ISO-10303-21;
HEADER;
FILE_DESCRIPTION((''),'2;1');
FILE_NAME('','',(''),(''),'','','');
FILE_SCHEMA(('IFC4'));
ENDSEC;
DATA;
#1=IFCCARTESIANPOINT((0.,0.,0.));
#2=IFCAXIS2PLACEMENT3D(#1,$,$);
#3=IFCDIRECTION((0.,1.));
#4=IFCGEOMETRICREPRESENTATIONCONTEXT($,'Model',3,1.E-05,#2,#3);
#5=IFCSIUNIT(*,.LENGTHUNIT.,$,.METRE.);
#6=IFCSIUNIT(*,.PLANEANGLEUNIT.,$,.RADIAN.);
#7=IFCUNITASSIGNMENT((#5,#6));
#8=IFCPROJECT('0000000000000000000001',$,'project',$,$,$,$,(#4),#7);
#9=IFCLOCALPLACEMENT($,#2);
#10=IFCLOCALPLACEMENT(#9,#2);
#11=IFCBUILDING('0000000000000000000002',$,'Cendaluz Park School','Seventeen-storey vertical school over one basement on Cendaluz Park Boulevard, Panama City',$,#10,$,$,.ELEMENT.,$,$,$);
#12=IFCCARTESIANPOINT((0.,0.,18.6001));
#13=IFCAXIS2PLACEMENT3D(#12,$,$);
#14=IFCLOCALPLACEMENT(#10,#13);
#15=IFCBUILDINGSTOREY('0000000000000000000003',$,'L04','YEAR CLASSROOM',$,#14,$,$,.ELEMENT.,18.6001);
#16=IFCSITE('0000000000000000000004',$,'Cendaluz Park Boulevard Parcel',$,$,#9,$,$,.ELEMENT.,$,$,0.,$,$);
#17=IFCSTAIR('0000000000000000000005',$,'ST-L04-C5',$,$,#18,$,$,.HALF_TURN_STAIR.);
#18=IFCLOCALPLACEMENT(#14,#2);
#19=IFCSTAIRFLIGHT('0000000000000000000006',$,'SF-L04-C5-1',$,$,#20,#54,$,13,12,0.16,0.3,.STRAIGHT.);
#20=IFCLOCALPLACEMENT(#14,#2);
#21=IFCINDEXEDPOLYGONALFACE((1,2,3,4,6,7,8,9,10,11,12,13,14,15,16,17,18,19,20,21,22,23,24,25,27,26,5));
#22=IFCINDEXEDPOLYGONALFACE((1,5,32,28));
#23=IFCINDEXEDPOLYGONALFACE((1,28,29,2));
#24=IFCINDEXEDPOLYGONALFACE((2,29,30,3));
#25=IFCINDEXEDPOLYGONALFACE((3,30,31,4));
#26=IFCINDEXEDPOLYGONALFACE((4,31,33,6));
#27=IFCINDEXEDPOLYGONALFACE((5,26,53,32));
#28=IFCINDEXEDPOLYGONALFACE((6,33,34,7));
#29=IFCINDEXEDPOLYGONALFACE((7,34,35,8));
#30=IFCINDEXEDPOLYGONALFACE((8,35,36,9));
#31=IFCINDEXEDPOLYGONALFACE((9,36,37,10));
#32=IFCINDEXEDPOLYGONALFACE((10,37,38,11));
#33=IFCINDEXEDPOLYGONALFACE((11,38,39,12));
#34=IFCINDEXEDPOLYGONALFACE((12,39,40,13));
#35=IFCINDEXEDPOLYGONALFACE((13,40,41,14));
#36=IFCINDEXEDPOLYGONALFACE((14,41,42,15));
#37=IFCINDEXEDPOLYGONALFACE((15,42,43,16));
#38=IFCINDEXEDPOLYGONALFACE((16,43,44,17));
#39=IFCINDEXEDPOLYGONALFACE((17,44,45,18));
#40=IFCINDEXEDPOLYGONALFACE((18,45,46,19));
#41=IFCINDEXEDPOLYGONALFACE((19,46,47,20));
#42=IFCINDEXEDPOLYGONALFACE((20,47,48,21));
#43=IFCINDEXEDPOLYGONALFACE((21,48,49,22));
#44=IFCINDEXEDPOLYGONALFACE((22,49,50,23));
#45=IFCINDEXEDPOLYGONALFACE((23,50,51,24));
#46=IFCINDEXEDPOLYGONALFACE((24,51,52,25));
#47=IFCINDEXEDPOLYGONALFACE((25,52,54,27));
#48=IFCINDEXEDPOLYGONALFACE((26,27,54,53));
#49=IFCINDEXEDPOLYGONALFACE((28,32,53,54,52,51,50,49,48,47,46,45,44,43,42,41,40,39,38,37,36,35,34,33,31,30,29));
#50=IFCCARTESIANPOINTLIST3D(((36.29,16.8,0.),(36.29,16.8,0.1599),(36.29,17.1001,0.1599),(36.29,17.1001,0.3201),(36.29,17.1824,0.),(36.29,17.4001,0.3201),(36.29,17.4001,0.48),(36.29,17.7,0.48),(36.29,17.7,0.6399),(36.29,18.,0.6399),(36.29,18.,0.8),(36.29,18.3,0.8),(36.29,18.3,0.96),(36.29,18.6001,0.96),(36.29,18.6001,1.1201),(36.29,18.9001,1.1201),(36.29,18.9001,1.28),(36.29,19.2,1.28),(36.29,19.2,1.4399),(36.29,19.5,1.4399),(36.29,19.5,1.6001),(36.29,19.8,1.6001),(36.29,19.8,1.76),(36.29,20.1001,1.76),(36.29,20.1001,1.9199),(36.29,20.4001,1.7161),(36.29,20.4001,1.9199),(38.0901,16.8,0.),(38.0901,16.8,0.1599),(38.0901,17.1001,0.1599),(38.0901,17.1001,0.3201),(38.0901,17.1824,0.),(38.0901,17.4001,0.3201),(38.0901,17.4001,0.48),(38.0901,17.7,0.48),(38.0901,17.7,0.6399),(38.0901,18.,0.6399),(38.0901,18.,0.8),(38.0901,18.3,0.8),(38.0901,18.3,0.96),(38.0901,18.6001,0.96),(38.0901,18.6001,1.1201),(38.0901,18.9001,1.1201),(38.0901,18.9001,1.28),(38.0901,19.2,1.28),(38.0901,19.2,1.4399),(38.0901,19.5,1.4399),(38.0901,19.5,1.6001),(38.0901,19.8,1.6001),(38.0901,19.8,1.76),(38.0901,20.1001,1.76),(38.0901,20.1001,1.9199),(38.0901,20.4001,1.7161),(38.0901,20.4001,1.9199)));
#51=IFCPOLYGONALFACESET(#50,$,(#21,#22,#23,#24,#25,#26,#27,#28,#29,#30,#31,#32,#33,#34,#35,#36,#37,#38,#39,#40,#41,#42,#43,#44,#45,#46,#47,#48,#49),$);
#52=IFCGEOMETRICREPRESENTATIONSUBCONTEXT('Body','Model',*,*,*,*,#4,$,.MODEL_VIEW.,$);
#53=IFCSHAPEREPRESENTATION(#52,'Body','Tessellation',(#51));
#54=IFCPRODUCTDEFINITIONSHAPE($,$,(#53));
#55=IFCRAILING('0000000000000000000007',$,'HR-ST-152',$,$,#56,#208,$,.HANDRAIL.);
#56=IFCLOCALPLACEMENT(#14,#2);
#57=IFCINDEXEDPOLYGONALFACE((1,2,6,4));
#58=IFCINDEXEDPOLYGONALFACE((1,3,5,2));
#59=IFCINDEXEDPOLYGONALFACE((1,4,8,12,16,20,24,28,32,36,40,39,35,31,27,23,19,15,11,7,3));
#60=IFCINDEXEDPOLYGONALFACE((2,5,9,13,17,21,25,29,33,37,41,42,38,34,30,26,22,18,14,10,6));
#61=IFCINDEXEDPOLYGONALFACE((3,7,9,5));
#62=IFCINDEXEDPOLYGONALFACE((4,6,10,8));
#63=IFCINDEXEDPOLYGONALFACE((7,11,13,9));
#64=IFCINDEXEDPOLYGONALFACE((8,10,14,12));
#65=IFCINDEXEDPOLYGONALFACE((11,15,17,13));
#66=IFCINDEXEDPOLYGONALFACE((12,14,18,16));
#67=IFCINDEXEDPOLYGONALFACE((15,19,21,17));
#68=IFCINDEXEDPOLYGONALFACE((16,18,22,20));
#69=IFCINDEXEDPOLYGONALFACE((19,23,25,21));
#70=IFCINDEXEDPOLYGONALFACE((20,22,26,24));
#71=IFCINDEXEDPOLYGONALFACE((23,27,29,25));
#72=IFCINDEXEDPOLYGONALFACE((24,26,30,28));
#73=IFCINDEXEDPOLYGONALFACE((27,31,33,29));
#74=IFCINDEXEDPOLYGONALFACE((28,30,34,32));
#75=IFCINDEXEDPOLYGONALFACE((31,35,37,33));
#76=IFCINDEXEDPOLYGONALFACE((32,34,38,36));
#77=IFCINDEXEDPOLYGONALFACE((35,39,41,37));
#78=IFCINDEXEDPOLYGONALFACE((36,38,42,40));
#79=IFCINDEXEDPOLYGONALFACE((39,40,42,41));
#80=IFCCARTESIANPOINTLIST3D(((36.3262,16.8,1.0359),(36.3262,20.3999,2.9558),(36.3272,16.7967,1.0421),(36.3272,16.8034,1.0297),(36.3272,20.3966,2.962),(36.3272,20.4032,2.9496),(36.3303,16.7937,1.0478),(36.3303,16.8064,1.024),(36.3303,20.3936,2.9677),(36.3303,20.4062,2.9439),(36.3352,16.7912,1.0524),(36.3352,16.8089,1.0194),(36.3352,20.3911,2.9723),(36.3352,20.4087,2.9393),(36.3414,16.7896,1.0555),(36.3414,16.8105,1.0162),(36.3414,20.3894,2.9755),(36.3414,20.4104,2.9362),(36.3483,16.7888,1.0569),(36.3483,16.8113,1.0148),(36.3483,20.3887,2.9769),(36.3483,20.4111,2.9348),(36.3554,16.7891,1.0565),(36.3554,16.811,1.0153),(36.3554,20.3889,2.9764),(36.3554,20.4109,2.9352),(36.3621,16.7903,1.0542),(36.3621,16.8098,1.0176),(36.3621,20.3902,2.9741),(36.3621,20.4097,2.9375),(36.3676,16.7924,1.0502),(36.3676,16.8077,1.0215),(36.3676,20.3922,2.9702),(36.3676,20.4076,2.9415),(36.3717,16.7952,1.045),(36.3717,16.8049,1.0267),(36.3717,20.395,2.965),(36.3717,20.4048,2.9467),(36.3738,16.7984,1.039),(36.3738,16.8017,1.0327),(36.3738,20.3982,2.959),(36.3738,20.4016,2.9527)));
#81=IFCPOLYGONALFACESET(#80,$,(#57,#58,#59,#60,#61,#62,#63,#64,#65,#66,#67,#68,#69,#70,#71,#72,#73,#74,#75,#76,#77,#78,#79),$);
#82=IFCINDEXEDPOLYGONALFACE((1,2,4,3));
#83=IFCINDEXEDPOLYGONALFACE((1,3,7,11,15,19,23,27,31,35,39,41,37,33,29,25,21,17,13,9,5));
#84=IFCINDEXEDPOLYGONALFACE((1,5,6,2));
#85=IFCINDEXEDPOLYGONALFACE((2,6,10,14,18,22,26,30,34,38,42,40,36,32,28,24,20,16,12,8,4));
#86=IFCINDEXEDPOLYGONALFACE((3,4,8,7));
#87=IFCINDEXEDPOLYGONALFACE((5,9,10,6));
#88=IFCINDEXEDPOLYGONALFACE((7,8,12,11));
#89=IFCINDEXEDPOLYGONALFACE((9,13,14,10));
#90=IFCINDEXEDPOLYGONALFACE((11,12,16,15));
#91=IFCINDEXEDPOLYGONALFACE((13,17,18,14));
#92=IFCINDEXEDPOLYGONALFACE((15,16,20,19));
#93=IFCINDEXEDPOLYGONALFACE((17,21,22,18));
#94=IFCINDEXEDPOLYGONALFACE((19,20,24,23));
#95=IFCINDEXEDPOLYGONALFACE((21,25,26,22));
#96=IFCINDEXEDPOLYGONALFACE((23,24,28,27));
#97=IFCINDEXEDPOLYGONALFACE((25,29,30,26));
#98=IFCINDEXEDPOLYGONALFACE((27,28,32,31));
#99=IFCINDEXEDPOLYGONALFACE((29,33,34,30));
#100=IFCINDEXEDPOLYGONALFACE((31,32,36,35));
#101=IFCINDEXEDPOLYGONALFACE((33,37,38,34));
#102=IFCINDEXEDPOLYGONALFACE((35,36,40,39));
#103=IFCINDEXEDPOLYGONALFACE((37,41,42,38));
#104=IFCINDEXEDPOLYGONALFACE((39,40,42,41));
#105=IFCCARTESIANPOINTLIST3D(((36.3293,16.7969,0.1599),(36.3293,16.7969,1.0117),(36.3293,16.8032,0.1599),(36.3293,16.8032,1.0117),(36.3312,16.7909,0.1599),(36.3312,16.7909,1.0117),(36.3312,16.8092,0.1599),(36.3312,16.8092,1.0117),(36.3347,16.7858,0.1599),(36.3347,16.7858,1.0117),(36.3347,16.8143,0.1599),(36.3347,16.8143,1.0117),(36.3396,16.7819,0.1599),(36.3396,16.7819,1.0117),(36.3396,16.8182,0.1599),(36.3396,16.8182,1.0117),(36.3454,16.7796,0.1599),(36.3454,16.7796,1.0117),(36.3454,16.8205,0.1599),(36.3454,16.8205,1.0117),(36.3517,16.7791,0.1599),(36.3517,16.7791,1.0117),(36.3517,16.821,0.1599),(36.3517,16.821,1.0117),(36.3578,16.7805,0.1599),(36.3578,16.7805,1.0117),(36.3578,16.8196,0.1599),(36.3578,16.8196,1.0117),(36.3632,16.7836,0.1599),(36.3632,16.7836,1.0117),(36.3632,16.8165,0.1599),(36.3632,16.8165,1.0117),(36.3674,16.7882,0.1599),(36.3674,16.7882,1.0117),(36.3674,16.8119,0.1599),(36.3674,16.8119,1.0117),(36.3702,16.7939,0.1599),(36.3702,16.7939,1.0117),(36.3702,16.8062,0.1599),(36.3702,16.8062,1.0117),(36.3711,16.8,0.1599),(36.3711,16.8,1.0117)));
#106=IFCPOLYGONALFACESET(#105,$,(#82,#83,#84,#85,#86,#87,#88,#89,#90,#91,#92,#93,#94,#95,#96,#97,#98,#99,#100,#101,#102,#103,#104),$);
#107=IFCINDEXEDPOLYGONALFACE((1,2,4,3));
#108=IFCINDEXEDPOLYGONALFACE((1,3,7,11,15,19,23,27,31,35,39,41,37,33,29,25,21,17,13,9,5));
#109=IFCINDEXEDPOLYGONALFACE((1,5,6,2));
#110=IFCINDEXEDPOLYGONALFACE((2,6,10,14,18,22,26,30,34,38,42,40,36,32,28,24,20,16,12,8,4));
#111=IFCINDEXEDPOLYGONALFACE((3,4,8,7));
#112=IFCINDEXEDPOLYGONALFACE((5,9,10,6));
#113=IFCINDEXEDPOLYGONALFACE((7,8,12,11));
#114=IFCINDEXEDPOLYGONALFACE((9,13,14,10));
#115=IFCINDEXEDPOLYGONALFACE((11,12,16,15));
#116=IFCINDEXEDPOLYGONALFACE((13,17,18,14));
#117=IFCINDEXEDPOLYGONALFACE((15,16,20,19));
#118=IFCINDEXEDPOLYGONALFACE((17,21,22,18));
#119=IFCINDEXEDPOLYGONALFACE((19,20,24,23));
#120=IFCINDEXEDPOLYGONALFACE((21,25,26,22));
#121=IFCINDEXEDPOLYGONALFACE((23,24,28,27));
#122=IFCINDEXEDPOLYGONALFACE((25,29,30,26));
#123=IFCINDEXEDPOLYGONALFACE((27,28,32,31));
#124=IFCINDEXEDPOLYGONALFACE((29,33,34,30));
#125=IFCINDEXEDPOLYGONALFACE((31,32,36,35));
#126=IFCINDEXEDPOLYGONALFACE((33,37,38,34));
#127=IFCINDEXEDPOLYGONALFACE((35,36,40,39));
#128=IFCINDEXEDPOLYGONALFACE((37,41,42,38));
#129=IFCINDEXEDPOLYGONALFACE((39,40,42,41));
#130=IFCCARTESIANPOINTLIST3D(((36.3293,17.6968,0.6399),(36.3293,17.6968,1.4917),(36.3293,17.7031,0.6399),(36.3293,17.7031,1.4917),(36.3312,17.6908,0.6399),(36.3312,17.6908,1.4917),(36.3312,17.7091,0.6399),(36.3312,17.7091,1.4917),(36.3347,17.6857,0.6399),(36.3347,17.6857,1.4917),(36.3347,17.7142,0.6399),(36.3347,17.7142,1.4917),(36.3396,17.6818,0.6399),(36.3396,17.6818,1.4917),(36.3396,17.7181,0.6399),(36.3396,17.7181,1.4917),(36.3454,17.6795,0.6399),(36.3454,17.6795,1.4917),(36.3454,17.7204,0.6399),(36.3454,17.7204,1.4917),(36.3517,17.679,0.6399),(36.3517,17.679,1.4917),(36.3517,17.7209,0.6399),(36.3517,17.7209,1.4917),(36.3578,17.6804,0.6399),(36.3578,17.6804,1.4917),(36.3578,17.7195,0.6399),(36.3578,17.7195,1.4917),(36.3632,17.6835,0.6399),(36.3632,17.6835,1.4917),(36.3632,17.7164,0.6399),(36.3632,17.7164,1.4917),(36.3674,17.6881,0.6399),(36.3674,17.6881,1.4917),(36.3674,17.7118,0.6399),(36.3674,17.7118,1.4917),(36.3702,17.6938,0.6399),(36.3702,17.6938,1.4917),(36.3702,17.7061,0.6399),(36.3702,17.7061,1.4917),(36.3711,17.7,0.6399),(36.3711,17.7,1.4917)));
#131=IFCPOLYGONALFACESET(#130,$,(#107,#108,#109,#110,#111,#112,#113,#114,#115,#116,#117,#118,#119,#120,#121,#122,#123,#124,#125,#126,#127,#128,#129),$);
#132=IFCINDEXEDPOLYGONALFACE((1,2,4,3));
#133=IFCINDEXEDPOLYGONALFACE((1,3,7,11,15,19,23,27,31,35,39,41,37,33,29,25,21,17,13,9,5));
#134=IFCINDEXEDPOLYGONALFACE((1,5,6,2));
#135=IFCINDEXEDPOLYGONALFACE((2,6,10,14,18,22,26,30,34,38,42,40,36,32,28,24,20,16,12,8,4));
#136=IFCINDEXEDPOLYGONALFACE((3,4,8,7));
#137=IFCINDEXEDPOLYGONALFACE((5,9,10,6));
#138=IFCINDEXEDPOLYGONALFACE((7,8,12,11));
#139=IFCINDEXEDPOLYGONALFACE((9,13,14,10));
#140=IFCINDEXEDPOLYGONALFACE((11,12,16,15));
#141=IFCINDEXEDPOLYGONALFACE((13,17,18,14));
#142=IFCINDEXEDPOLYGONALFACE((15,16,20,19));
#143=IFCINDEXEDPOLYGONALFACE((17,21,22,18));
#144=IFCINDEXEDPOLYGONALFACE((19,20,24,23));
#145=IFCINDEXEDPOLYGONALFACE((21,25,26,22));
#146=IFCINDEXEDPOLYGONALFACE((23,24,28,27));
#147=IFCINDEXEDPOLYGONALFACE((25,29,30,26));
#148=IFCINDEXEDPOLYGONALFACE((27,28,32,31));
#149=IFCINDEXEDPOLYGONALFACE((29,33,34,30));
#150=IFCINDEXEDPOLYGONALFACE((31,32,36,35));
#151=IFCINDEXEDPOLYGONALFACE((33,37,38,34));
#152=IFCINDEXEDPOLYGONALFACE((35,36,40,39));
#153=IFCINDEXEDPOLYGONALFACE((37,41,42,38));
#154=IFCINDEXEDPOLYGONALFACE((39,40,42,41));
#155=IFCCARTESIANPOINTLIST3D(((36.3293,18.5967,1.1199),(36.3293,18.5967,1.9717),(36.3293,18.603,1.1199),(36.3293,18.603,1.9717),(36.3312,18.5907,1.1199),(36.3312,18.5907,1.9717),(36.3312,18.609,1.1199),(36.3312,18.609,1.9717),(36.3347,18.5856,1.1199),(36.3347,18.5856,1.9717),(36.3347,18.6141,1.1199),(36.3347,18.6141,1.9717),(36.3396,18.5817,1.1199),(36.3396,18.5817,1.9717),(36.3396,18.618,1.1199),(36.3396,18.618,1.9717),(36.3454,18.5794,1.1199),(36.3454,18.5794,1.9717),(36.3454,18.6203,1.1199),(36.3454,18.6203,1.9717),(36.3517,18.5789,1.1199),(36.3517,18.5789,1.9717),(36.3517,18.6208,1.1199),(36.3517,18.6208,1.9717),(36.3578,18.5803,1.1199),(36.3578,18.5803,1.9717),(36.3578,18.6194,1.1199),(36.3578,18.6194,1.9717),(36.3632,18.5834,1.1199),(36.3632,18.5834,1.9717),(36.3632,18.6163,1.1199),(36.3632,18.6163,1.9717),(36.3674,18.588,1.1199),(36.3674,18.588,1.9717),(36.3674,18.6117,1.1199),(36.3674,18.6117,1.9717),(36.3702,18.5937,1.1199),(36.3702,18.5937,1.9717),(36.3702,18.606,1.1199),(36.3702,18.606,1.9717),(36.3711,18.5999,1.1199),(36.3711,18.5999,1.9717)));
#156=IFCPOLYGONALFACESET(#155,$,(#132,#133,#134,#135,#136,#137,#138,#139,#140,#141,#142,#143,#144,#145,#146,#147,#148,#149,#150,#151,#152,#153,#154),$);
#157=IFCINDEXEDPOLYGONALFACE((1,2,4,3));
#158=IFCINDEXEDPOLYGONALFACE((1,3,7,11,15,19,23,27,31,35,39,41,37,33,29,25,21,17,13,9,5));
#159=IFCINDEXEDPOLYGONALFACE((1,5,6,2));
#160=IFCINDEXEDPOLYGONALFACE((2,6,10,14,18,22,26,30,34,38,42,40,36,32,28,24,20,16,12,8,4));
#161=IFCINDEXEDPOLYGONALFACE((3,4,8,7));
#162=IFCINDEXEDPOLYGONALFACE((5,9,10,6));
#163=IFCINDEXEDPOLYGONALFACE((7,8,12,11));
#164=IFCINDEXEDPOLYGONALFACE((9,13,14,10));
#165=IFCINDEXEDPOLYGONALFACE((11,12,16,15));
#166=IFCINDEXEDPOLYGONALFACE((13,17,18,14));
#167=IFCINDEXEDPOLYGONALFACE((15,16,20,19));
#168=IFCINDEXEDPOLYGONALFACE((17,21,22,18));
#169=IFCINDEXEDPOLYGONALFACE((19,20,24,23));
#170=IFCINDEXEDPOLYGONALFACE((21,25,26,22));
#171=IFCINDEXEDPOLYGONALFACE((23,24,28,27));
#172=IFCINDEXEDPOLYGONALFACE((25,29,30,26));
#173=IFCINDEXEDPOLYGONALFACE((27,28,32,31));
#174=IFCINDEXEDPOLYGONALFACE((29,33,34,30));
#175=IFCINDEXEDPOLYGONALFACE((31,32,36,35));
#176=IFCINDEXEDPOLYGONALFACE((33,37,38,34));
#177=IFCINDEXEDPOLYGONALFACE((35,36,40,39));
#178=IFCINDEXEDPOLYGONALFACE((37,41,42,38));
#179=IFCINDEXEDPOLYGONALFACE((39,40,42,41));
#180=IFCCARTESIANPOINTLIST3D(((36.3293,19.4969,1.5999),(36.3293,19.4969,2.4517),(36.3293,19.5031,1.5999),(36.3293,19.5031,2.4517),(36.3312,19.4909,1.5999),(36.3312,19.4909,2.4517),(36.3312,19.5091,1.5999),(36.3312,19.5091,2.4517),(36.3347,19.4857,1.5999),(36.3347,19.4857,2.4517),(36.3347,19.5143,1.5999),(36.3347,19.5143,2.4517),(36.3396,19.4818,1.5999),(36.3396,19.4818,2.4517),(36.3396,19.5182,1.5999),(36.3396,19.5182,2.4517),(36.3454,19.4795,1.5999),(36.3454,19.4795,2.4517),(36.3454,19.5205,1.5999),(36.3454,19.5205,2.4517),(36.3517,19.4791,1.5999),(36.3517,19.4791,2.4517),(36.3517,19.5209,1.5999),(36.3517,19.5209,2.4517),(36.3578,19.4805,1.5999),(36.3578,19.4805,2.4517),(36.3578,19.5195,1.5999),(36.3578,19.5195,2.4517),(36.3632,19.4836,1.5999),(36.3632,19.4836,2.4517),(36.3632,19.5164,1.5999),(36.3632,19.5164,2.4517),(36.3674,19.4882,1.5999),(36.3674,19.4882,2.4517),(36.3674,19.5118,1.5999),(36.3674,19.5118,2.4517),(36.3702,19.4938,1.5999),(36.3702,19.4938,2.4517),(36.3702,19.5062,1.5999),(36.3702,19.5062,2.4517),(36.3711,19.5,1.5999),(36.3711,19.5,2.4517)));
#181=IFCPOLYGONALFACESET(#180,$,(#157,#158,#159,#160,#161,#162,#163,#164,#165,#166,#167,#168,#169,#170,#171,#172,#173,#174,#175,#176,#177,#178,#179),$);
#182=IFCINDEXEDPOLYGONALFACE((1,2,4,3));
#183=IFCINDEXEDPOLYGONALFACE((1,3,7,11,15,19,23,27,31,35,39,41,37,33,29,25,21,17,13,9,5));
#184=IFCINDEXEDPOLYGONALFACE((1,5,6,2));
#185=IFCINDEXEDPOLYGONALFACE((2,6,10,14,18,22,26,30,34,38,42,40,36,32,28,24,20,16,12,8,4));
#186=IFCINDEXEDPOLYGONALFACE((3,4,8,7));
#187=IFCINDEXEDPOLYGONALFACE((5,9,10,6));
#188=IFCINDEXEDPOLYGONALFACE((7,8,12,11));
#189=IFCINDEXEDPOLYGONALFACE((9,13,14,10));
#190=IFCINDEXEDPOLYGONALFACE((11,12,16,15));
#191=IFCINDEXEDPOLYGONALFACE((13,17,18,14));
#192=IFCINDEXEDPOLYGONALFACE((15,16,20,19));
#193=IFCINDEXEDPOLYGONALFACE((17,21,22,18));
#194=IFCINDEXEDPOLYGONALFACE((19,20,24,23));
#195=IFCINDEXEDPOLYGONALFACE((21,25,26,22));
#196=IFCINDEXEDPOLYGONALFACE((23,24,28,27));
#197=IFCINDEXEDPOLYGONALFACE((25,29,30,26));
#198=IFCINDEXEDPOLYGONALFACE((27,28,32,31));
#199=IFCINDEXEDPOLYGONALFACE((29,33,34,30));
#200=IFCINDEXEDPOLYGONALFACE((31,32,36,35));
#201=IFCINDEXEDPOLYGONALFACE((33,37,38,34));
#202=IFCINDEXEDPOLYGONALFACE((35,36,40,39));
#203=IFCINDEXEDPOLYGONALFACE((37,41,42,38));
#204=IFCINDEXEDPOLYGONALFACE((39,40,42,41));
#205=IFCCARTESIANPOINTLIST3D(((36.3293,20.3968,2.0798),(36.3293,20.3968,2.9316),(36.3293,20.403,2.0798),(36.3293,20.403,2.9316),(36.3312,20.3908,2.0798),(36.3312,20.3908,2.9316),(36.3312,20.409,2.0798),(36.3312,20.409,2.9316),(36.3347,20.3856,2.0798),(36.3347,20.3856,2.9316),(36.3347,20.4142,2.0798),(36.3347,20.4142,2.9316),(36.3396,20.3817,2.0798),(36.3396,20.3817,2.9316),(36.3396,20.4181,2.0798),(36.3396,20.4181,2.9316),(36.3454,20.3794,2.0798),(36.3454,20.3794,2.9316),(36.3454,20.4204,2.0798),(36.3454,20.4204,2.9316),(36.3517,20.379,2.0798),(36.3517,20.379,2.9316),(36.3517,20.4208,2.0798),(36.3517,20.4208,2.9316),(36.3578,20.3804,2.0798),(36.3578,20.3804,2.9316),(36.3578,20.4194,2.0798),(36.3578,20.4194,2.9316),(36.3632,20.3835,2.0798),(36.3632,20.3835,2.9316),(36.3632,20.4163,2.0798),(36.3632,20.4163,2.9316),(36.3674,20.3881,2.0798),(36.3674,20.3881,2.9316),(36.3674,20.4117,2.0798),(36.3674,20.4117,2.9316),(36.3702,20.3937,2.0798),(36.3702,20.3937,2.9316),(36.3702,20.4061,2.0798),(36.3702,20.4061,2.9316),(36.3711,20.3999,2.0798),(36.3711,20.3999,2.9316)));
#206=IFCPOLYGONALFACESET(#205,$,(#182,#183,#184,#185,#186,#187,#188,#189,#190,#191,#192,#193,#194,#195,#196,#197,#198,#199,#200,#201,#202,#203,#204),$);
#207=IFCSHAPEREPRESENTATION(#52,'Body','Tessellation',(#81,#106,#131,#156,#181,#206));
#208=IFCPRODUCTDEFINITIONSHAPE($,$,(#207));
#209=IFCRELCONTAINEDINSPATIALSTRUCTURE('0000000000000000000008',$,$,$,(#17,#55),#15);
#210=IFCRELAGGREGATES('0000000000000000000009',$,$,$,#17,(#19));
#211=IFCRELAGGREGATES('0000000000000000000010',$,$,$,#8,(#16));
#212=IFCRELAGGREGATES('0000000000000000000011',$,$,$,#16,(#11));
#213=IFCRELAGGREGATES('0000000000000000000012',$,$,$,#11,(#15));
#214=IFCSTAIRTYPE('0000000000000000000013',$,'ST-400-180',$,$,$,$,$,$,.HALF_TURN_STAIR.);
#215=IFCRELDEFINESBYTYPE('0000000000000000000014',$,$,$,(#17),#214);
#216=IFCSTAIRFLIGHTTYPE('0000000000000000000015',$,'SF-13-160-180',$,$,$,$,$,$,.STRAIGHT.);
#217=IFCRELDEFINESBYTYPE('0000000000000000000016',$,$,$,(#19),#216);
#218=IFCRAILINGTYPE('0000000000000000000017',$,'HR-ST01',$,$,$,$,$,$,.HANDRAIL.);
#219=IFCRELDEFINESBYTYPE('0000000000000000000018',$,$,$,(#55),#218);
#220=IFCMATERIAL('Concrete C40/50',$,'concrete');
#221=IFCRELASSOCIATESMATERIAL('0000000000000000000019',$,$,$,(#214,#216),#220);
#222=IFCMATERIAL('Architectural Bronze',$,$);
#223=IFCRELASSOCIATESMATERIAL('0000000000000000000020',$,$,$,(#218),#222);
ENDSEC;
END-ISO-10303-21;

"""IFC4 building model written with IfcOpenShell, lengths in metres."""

from ifc_helpers import new_model, si_unit, direction, frame, origin, origin_2d, place, context, subcontext, project, spatial, polyline, circle, outline, extrude, material, type_object, element, aggregate, save


model = new_model("IFC4")

# Units and contexts
model_context = context("Model", 3, precision=1e-05, world=origin(), true_north=direction((0.0, 1.0)))
body_context = subcontext(model_context, "Body", "Model", "MODEL_VIEW")
ifc_project = project(units=[si_unit("LENGTHUNIT", "METRE"), si_unit("PLANEANGLEUNIT", "RADIAN")], contexts=[model_context])

# Site, building, storey
site_placement = place(None, origin())
site = spatial("IfcSite", under=ifc_project, at=site_placement, Name="Cendaluz Park Boulevard Parcel", CompositionType="ELEMENT", RefElevation=0.0)
building_placement = place(site_placement, origin())
building = spatial("IfcBuilding", under=site, at=building_placement, Name="Cendaluz Park School", Description="Seventeen-storey vertical school over one basement on Cendaluz Park Boulevard, Panama City", CompositionType="ELEMENT")
storey_placement = place(building_placement, frame((0.0, 0.0, 18.6001)))
storey = spatial("IfcBuildingStorey", under=building, at=storey_placement, Name="L04", Description="YEAR CLASSROOM", CompositionType="ELEMENT", Elevation=18.6001)

# Shared definitions
ifc_material_1 = material(Name="Concrete C40/50", Category="concrete")

# Stair, stair flight
stair_type = type_object("IfcStairType", Name="ST-400-180", PredefinedType="HALF_TURN_STAIR", material=ifc_material_1)
stair_placement = place(storey_placement, origin())
stair = element("IfcStair", 1, at=stair_placement, inside=storey, type_object=stair_type, Name="ST-L04-C5", PredefinedType="HALF_TURN_STAIR")
stair_flight_type_1 = type_object("IfcStairFlightType", Name="SF-13-160-180", PredefinedType="STRAIGHT", material=ifc_material_1)
stair_flight_1_placement = place(storey_placement, frame((37.1899, 16.8, 0.0), z_axis=(0.0, 0.0, 1.0), x_axis=(0.0, 1.0, 0.0)))
stair_flight_1 = element("IfcStairFlight", 2, at=stair_flight_1_placement, type_object=stair_flight_type_1, Name="SF-L04-C5-1", NumberOfRisers=13, NumberOfTreads=12, PredefinedType="STRAIGHT", RiserHeight=0.16, TreadLength=0.3, context=body_context, shape_type="SweptSolid", body=[
    extrude(outline(polyline([(0.0, 0.0), (0.0, 0.1599), (0.3, 0.1599), (0.3, 0.3201), (0.6001, 0.3201), (0.6001, 0.48), (0.8999, 0.48), (0.8999, 0.6399), (1.2, 0.6399), (1.2, 0.8), (1.5, 0.8), (1.5, 0.96), (1.8, 0.96), (1.8, 1.1201), (2.1001, 1.1201), (2.1001, 1.28), (2.3999, 1.28), (2.3999, 1.4399), (2.7, 1.4399), (2.7, 1.6001), (3.0, 1.6001), (3.0, 1.76), (3.3, 1.76), (3.3, 1.9199), (3.6001, 1.9199), (3.6001, 2.0801), (3.6001, 1.7161), (0.3823, 0.0), (0.0, 0.0)])), frame((0.0, 0.8999, 0.0), z_axis=(0.0, -1.0, 0.0), x_axis=(1.0, 0.0, 0.0)), (0.0, 0.0, 1.0), 1.8),
])
aggregate(stair, [stair_flight_1])

# Railing
ifc_material_2 = material(Name="Architectural Bronze")
railing_type_1 = type_object("IfcRailingType", Name="HR-ST01", PredefinedType="HANDRAIL", material=ifc_material_2)
railing_1_placement = place(storey_placement, frame((36.3501, 16.8, 0.1599)))
element("IfcRailing", 3, at=railing_1_placement, inside=storey, type_object=railing_type_1, Name="HR-ST-152", PredefinedType="HANDRAIL", context=body_context, shape_type="SweptSolid", body=[
    extrude(circle(Radius=0.0239, at=origin_2d()), frame((0.0, 0.0, 0.876), z_axis=(0.0, 0.882353, 0.470588), x_axis=(-1.0, 0.0, 0.0)), (0.0, 0.0, 1.0), 4.0798),
    extrude(circle(Radius=0.021, at=origin_2d()), origin(), (0.0, 0.0, 1.0), 0.8518),
    extrude(circle(Radius=0.021, at=origin_2d()), frame((0.0, 0.8999, 0.48)), (0.0, 0.0, 1.0), 0.8518),
    extrude(circle(Radius=0.021, at=origin_2d()), frame((0.0, 1.7998, 0.96)), (0.0, 0.0, 1.0), 0.8518),
    extrude(circle(Radius=0.021, at=origin_2d()), frame((0.0, 2.7, 1.4399)), (0.0, 0.0, 1.0), 0.8518),
    extrude(circle(Radius=0.021, at=origin_2d()), frame((0.0, 3.5999, 1.9199)), (0.0, 0.0, 1.0), 0.8518),
])

save(model, "model.ifc")
